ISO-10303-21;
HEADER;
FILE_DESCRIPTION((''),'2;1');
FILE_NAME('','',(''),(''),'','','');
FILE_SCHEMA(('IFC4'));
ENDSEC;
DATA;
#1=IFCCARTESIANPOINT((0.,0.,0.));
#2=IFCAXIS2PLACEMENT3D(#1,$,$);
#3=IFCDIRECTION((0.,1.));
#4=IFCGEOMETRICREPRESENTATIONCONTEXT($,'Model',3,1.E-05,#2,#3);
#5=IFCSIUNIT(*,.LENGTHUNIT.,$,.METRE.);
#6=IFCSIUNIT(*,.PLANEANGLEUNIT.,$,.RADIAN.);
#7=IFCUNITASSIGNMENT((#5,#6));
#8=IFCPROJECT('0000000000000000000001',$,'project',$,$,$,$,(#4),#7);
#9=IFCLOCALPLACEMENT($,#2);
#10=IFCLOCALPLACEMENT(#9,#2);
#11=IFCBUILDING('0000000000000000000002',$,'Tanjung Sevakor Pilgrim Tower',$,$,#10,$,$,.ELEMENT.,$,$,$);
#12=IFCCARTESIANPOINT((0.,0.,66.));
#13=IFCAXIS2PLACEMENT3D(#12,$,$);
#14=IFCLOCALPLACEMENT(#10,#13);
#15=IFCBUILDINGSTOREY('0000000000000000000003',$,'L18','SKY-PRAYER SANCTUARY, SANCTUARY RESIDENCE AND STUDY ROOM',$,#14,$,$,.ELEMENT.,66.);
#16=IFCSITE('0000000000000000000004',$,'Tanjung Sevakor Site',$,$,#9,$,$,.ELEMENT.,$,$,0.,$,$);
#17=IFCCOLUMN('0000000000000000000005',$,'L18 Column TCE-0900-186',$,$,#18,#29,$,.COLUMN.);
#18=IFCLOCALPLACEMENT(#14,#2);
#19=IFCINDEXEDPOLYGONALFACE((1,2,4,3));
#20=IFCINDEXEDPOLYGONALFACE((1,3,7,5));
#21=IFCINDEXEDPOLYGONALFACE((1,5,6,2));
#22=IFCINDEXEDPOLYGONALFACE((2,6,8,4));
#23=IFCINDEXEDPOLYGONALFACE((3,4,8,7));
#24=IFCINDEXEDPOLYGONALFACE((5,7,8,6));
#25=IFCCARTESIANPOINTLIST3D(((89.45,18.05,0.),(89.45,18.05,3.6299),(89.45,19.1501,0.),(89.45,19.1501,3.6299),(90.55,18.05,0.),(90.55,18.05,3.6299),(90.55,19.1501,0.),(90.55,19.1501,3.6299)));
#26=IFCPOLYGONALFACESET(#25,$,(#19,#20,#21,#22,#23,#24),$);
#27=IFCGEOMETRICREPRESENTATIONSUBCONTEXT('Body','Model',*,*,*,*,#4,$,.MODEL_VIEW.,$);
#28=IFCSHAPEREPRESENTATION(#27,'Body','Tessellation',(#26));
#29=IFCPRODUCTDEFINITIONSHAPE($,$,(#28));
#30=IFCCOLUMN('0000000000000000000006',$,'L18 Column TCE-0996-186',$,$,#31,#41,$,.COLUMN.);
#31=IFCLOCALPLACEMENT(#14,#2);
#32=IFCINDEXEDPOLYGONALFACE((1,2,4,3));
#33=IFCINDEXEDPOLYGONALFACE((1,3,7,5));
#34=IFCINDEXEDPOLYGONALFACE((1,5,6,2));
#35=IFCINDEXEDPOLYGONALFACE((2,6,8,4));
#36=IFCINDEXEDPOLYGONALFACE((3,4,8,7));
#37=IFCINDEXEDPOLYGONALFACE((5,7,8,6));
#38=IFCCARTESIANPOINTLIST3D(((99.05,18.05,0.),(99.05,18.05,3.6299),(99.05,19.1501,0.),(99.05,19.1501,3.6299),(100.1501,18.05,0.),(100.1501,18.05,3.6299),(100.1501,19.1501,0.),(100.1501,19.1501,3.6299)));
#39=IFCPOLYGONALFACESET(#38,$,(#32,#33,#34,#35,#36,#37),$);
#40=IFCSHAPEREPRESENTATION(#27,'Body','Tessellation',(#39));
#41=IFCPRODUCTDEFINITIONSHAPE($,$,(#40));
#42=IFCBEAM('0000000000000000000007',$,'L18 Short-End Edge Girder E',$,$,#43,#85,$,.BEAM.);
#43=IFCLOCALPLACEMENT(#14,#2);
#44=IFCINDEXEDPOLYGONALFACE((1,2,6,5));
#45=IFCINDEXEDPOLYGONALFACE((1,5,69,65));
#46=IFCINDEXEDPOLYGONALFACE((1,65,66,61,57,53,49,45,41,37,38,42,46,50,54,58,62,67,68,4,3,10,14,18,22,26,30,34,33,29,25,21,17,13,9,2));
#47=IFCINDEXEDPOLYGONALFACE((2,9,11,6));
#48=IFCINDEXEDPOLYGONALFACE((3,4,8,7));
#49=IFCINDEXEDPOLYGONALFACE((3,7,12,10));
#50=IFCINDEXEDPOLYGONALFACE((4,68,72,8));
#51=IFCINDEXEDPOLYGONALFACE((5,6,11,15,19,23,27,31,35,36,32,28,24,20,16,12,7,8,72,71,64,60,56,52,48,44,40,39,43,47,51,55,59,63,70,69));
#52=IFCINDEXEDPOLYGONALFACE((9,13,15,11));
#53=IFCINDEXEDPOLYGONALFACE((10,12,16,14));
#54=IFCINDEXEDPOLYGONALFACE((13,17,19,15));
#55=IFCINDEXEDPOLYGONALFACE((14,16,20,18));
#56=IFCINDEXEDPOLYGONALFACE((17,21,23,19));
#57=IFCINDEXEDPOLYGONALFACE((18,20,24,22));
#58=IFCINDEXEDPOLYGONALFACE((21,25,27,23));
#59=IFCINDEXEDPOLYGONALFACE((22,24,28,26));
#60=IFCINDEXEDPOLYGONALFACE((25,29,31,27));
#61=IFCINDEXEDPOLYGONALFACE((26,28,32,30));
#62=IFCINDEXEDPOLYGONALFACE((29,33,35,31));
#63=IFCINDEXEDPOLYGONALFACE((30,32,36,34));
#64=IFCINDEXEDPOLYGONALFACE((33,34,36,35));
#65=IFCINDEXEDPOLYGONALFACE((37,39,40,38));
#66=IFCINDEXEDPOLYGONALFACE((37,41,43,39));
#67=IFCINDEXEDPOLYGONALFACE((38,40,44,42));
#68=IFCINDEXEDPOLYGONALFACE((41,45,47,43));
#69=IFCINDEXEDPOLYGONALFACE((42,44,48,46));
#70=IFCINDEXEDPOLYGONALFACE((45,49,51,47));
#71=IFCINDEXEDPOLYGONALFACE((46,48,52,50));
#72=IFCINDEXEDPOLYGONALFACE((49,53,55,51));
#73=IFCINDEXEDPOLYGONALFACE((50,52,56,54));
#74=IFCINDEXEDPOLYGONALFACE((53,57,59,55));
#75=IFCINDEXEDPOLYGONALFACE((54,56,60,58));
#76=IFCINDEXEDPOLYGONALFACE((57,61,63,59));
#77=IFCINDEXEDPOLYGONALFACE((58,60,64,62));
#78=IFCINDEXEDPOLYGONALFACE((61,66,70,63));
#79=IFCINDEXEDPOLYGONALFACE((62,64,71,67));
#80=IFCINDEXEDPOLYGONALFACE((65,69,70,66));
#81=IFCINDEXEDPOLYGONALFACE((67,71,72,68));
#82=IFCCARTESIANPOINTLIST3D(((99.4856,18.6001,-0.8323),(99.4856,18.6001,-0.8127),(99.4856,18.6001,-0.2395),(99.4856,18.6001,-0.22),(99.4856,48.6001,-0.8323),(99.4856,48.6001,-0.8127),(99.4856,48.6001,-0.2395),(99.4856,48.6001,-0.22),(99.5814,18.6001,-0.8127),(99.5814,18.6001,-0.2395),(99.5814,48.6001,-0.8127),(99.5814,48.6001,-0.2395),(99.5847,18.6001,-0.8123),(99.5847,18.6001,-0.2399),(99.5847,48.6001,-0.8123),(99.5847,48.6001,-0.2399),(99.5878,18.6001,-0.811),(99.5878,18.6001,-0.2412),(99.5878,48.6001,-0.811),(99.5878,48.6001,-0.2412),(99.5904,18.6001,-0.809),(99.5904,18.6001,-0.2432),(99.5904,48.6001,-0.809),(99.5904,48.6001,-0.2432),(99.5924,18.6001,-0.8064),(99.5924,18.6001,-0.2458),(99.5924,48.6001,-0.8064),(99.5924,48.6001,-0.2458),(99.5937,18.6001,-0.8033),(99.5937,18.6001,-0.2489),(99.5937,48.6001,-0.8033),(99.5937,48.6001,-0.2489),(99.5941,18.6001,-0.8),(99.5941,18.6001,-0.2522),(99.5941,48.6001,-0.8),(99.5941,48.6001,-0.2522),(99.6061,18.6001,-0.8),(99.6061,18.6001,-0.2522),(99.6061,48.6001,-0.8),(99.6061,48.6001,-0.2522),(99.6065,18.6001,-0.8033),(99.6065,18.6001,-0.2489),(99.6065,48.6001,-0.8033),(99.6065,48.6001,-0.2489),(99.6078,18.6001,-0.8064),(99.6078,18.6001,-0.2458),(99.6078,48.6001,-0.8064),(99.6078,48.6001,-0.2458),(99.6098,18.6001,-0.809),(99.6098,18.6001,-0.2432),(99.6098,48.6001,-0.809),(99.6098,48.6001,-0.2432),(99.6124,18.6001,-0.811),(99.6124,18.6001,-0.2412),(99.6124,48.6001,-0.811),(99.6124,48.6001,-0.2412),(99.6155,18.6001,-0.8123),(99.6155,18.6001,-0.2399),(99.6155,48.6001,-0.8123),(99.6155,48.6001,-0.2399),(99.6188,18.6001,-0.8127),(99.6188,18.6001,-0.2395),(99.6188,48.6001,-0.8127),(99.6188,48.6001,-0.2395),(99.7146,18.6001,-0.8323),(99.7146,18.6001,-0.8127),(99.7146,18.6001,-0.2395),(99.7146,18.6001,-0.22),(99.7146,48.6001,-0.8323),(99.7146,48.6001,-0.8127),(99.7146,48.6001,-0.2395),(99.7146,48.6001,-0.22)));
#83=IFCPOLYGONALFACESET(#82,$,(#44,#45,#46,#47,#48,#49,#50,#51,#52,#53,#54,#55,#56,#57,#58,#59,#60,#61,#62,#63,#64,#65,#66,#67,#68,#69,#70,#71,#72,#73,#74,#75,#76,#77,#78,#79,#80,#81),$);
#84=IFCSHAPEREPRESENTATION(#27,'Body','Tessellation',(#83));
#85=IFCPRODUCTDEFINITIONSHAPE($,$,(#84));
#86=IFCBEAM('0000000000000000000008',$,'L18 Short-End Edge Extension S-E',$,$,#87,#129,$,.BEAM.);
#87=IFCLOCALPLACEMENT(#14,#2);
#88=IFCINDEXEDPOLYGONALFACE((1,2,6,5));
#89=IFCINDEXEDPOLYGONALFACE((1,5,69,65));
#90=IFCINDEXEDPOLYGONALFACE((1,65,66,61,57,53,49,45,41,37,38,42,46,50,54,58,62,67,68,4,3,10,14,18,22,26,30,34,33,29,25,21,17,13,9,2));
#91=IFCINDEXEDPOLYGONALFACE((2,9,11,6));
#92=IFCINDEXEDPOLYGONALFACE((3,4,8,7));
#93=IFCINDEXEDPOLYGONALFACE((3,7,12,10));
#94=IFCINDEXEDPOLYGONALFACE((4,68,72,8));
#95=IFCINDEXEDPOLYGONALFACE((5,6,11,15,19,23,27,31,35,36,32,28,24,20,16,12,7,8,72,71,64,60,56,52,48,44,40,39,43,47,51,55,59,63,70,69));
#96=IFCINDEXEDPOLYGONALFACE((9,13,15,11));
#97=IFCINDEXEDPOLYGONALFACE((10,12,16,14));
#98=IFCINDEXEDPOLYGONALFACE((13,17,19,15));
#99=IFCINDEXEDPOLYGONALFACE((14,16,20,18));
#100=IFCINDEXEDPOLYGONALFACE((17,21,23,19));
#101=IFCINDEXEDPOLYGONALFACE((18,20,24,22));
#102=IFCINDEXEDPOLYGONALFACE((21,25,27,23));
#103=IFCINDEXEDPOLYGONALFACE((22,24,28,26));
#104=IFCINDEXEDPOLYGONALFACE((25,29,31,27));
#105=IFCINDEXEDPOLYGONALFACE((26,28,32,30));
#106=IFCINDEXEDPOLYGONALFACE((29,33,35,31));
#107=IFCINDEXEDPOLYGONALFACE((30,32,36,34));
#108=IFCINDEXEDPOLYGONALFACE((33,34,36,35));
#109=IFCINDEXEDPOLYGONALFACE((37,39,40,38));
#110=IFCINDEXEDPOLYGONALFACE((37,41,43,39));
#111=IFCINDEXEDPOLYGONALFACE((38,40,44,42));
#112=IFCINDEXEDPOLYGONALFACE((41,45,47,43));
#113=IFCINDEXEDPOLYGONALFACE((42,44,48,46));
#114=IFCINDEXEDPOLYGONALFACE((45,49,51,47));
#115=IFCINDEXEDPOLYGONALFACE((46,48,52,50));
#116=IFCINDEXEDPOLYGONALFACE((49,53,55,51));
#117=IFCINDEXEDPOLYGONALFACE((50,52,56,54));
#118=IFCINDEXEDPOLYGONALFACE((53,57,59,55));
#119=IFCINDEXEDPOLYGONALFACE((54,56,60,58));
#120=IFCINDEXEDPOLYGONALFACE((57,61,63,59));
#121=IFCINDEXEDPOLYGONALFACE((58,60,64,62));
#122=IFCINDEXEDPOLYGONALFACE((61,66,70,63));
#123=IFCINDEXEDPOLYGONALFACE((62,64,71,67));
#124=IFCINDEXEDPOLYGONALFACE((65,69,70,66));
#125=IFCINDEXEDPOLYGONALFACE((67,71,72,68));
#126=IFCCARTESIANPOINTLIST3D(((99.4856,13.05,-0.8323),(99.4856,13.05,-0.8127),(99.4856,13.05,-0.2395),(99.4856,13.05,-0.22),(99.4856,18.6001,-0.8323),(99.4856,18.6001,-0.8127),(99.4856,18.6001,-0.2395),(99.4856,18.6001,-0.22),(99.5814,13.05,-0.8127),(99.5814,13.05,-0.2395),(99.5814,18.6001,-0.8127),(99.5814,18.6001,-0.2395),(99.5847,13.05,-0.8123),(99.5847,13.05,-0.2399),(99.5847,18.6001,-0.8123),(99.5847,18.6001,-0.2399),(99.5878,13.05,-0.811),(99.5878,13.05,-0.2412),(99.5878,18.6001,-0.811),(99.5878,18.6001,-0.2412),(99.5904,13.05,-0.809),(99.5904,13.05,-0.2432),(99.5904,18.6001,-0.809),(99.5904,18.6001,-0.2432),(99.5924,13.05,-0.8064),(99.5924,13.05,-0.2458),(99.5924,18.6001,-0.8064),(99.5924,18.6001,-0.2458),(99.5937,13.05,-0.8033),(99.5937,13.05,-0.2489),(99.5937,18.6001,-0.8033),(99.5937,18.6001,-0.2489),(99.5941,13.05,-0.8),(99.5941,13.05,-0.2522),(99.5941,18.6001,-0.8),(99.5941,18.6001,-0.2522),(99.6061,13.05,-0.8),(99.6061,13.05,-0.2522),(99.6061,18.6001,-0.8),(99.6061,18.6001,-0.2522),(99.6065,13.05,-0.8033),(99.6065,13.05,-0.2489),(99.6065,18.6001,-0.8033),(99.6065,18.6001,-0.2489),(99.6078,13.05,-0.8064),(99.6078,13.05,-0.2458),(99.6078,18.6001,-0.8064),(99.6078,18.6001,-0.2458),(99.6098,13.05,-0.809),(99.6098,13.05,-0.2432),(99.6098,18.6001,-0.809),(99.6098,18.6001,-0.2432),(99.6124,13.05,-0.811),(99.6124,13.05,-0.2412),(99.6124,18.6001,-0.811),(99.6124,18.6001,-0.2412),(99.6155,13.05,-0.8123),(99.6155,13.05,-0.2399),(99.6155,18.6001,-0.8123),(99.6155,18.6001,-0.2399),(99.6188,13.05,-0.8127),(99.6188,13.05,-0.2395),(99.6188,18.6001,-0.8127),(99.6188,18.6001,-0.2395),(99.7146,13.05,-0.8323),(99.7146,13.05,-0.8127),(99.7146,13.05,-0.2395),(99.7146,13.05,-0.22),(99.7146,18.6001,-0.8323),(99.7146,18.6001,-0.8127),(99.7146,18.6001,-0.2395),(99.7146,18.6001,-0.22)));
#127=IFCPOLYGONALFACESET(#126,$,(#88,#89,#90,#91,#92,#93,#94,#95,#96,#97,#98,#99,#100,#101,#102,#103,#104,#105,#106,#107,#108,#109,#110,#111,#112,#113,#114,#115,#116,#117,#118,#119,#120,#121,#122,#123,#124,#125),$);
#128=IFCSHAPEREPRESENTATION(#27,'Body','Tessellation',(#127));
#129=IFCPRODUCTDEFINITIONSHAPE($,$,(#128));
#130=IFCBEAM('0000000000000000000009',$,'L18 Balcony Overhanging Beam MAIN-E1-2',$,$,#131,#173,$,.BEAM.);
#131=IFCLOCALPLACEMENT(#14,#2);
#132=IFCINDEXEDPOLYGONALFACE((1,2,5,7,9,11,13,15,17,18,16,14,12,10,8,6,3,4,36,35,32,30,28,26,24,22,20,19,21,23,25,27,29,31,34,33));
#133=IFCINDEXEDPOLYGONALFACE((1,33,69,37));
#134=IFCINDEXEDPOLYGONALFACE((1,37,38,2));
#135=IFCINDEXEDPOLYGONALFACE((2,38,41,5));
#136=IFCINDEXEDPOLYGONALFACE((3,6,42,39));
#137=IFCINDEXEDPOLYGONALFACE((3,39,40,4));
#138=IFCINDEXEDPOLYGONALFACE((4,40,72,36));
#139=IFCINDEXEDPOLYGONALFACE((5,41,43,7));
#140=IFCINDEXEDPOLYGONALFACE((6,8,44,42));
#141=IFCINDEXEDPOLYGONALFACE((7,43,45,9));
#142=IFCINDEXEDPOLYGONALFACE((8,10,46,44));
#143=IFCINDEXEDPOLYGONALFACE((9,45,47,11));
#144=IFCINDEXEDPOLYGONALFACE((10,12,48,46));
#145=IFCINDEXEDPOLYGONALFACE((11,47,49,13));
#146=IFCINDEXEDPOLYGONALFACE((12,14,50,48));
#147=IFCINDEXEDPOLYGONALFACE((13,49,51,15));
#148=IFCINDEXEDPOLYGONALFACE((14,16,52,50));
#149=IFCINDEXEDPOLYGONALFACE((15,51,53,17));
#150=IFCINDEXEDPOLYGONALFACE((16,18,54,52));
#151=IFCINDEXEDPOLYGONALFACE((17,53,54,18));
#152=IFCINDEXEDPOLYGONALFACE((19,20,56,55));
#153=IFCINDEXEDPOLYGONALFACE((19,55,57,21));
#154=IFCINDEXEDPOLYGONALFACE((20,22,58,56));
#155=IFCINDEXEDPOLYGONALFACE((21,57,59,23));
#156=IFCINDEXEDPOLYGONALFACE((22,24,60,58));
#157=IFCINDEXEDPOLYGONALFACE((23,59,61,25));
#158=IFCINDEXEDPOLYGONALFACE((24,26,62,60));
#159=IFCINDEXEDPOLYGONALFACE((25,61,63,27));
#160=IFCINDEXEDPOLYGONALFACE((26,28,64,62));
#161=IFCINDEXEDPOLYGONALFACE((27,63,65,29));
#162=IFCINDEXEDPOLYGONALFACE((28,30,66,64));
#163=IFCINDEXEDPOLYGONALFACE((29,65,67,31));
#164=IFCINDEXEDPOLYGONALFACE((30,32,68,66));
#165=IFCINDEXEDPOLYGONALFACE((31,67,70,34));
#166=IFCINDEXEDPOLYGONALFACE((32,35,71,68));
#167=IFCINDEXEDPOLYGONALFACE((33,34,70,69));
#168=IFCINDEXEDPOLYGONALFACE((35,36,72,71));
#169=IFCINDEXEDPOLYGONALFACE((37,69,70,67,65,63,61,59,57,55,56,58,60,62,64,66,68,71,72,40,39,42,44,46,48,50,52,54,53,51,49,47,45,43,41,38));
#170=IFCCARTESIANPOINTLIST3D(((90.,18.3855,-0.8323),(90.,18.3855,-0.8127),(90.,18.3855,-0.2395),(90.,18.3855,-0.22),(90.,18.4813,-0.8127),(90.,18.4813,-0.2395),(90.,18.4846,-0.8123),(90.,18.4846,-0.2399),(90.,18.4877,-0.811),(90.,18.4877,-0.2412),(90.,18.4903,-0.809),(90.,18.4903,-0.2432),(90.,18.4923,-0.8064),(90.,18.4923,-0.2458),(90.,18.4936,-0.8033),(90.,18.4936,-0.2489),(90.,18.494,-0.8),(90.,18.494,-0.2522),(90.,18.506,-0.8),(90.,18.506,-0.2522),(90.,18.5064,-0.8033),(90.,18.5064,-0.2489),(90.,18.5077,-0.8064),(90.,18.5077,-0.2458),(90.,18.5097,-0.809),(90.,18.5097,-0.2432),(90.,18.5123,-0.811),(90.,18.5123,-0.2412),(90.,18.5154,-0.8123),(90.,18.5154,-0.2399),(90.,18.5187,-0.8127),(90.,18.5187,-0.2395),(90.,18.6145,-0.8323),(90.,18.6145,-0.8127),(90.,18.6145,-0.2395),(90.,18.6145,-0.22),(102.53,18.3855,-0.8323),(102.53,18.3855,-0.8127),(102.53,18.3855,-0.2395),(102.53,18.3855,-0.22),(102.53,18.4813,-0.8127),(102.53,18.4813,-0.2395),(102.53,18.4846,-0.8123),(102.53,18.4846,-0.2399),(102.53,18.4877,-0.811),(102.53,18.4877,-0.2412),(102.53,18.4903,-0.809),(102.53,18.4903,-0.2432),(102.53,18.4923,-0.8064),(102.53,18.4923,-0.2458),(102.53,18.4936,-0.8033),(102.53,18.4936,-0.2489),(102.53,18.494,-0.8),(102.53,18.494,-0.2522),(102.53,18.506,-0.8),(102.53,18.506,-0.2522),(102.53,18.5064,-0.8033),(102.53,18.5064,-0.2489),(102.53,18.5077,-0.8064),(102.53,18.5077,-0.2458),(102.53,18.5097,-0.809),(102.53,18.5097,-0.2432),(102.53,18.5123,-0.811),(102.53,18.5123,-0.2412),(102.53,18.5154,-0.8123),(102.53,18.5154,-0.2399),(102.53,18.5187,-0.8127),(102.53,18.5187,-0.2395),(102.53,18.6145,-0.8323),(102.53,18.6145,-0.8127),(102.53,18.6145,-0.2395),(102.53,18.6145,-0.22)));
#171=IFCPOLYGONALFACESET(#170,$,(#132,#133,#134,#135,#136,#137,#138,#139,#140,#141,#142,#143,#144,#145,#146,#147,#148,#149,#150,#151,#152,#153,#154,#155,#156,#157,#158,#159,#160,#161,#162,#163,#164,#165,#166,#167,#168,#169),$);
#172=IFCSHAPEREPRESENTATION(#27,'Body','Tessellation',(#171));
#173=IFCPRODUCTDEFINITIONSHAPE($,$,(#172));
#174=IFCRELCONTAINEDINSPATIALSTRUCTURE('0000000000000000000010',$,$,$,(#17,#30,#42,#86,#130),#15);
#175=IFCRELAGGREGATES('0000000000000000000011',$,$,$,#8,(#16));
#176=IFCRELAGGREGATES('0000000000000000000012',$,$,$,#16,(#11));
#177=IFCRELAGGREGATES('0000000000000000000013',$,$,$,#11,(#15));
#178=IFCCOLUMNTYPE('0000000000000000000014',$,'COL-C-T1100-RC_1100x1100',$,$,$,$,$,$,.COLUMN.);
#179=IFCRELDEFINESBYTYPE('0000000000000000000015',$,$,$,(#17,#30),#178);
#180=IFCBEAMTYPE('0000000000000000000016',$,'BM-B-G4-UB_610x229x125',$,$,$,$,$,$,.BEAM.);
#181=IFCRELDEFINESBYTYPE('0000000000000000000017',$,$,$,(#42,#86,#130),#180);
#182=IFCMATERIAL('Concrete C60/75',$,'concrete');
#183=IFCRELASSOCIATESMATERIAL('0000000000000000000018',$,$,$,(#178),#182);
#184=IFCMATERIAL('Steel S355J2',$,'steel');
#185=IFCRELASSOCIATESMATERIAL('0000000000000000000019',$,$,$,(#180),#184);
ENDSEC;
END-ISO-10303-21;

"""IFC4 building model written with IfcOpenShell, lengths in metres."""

from ifc_helpers import new_model, si_unit, direction, frame, origin, origin_2d, place, context, subcontext, project, spatial, rectangle, i_section, extrude, material, material_profile, profile_set, type_object, element, save


model = new_model("IFC4")

# Units and contexts
model_context = context("Model", 3, precision=1e-05, world=origin(), true_north=direction((0.0, 1.0)))
body_context = subcontext(model_context, "Body", "Model", "MODEL_VIEW")
ifc_project = project(units=[si_unit("LENGTHUNIT", "METRE"), si_unit("PLANEANGLEUNIT", "RADIAN")], contexts=[model_context])

# Site, building, storey
site_placement = place(None, origin())
site = spatial("IfcSite", under=ifc_project, at=site_placement, Name="Tanjung Sevakor Site", CompositionType="ELEMENT", RefElevation=0.0)
building_placement = place(site_placement, origin())
building = spatial("IfcBuilding", under=site, at=building_placement, Name="Tanjung Sevakor Pilgrim Tower", CompositionType="ELEMENT")
storey_placement = place(building_placement, frame((0.0, 0.0, 66.0)))
storey = spatial("IfcBuildingStorey", under=building, at=storey_placement, Name="L18", Description="SKY-PRAYER SANCTUARY, SANCTUARY RESIDENCE AND STUDY ROOM", CompositionType="ELEMENT", Elevation=66.0)

# Columns
ifc_material_1 = material(Name="Concrete C60/75", Category="concrete")
ifc_material_profile_1 = material_profile(ifc_material_1, rectangle(XDim=1.1001, YDim=1.1001, at=origin_2d()))
ifc_profile_set_1 = profile_set([ifc_material_profile_1], Name="Concrete C60/75")
column_type = type_object("IfcColumnType", Name="COL-C-T1100-RC_1100x1100", PredefinedType="COLUMN", material=ifc_profile_set_1)
for number, where, z_axis, x_axis, name in (
    (1, (90.0, 18.6001, 0.0), (0.0, 0.0, 1.0), (1.0, 0.0, 0.0), "L18 Column TCE-0900-186"),
    (2, (99.6001, 18.6001, 0.0), (0.0, 0.0, 1.0), (1.0, 0.0, 0.0), "L18 Column TCE-0996-186"),
):
    element("IfcColumn", number, at=place(storey_placement, frame(where, z_axis=z_axis, x_axis=x_axis)), inside=storey, type_object=column_type, Name=name, PredefinedType="COLUMN", context=body_context, shape_type="SweptSolid", body=[
        extrude(rectangle(XDim=1.1001, YDim=1.1001, at=origin_2d()), origin(), (0.0, 0.0, 1.0), 3.6299),
    ])

# Beams
ifc_material_2 = material(Name="Steel S355J2", Category="steel")
ifc_material_profile_2 = material_profile(ifc_material_2, i_section(OverallWidth=0.229, OverallDepth=0.6123, WebThickness=0.012, FlangeThickness=0.0195, FilletRadius=0.0127, at=origin_2d()))
ifc_profile_set_2 = profile_set([ifc_material_profile_2], Name="Steel S355J2")
beam_type_1 = type_object("IfcBeamType", Name="BM-B-G4-UB_610x229x125", PredefinedType="BEAM", material=ifc_profile_set_2)
beam_1_placement = place(storey_placement, frame((99.6001, 18.6001, -0.5261), z_axis=(0.0, 1.0, 0.0), x_axis=(-1.0, 0.0, 0.0)))
element("IfcBeam", 3, at=beam_1_placement, inside=storey, type_object=beam_type_1, Name="L18 Short-End Edge Girder E", PredefinedType="BEAM", context=body_context, shape_type="SweptSolid", body=[
    extrude(i_section(OverallWidth=0.229, OverallDepth=0.6123, WebThickness=0.012, FlangeThickness=0.0195, FilletRadius=0.0127, at=origin_2d()), origin(), (0.0, 0.0, 1.0), 30.0),
])
beam_2_placement = place(storey_placement, frame((99.6001, 18.6001, -0.5261), z_axis=(0.0, -1.0, 0.0), x_axis=(1.0, 0.0, 0.0)))
element("IfcBeam", 4, at=beam_2_placement, inside=storey, type_object=beam_type_1, Name="L18 Short-End Edge Extension S-E", PredefinedType="BEAM", context=body_context, shape_type="SweptSolid", body=[
    extrude(i_section(OverallWidth=0.229, OverallDepth=0.6123, WebThickness=0.012, FlangeThickness=0.0195, FilletRadius=0.0127, at=origin_2d()), origin(), (0.0, 0.0, 1.0), 5.55),
])
beam_3_placement = place(storey_placement, frame((90.0, 18.5, -0.5261), z_axis=(1.0, 0.0, 0.0), x_axis=(0.0, 1.0, 0.0)))
element("IfcBeam", 5, at=beam_3_placement, inside=storey, type_object=beam_type_1, Name="L18 Balcony Overhanging Beam MAIN-E1-2", PredefinedType="BEAM", context=body_context, shape_type="SweptSolid", body=[
    extrude(i_section(OverallWidth=0.229, OverallDepth=0.6123, WebThickness=0.012, FlangeThickness=0.0195, FilletRadius=0.0127, at=origin_2d()), origin(), (0.0, 0.0, 1.0), 12.53),
])

save(model, "model.ifc")
